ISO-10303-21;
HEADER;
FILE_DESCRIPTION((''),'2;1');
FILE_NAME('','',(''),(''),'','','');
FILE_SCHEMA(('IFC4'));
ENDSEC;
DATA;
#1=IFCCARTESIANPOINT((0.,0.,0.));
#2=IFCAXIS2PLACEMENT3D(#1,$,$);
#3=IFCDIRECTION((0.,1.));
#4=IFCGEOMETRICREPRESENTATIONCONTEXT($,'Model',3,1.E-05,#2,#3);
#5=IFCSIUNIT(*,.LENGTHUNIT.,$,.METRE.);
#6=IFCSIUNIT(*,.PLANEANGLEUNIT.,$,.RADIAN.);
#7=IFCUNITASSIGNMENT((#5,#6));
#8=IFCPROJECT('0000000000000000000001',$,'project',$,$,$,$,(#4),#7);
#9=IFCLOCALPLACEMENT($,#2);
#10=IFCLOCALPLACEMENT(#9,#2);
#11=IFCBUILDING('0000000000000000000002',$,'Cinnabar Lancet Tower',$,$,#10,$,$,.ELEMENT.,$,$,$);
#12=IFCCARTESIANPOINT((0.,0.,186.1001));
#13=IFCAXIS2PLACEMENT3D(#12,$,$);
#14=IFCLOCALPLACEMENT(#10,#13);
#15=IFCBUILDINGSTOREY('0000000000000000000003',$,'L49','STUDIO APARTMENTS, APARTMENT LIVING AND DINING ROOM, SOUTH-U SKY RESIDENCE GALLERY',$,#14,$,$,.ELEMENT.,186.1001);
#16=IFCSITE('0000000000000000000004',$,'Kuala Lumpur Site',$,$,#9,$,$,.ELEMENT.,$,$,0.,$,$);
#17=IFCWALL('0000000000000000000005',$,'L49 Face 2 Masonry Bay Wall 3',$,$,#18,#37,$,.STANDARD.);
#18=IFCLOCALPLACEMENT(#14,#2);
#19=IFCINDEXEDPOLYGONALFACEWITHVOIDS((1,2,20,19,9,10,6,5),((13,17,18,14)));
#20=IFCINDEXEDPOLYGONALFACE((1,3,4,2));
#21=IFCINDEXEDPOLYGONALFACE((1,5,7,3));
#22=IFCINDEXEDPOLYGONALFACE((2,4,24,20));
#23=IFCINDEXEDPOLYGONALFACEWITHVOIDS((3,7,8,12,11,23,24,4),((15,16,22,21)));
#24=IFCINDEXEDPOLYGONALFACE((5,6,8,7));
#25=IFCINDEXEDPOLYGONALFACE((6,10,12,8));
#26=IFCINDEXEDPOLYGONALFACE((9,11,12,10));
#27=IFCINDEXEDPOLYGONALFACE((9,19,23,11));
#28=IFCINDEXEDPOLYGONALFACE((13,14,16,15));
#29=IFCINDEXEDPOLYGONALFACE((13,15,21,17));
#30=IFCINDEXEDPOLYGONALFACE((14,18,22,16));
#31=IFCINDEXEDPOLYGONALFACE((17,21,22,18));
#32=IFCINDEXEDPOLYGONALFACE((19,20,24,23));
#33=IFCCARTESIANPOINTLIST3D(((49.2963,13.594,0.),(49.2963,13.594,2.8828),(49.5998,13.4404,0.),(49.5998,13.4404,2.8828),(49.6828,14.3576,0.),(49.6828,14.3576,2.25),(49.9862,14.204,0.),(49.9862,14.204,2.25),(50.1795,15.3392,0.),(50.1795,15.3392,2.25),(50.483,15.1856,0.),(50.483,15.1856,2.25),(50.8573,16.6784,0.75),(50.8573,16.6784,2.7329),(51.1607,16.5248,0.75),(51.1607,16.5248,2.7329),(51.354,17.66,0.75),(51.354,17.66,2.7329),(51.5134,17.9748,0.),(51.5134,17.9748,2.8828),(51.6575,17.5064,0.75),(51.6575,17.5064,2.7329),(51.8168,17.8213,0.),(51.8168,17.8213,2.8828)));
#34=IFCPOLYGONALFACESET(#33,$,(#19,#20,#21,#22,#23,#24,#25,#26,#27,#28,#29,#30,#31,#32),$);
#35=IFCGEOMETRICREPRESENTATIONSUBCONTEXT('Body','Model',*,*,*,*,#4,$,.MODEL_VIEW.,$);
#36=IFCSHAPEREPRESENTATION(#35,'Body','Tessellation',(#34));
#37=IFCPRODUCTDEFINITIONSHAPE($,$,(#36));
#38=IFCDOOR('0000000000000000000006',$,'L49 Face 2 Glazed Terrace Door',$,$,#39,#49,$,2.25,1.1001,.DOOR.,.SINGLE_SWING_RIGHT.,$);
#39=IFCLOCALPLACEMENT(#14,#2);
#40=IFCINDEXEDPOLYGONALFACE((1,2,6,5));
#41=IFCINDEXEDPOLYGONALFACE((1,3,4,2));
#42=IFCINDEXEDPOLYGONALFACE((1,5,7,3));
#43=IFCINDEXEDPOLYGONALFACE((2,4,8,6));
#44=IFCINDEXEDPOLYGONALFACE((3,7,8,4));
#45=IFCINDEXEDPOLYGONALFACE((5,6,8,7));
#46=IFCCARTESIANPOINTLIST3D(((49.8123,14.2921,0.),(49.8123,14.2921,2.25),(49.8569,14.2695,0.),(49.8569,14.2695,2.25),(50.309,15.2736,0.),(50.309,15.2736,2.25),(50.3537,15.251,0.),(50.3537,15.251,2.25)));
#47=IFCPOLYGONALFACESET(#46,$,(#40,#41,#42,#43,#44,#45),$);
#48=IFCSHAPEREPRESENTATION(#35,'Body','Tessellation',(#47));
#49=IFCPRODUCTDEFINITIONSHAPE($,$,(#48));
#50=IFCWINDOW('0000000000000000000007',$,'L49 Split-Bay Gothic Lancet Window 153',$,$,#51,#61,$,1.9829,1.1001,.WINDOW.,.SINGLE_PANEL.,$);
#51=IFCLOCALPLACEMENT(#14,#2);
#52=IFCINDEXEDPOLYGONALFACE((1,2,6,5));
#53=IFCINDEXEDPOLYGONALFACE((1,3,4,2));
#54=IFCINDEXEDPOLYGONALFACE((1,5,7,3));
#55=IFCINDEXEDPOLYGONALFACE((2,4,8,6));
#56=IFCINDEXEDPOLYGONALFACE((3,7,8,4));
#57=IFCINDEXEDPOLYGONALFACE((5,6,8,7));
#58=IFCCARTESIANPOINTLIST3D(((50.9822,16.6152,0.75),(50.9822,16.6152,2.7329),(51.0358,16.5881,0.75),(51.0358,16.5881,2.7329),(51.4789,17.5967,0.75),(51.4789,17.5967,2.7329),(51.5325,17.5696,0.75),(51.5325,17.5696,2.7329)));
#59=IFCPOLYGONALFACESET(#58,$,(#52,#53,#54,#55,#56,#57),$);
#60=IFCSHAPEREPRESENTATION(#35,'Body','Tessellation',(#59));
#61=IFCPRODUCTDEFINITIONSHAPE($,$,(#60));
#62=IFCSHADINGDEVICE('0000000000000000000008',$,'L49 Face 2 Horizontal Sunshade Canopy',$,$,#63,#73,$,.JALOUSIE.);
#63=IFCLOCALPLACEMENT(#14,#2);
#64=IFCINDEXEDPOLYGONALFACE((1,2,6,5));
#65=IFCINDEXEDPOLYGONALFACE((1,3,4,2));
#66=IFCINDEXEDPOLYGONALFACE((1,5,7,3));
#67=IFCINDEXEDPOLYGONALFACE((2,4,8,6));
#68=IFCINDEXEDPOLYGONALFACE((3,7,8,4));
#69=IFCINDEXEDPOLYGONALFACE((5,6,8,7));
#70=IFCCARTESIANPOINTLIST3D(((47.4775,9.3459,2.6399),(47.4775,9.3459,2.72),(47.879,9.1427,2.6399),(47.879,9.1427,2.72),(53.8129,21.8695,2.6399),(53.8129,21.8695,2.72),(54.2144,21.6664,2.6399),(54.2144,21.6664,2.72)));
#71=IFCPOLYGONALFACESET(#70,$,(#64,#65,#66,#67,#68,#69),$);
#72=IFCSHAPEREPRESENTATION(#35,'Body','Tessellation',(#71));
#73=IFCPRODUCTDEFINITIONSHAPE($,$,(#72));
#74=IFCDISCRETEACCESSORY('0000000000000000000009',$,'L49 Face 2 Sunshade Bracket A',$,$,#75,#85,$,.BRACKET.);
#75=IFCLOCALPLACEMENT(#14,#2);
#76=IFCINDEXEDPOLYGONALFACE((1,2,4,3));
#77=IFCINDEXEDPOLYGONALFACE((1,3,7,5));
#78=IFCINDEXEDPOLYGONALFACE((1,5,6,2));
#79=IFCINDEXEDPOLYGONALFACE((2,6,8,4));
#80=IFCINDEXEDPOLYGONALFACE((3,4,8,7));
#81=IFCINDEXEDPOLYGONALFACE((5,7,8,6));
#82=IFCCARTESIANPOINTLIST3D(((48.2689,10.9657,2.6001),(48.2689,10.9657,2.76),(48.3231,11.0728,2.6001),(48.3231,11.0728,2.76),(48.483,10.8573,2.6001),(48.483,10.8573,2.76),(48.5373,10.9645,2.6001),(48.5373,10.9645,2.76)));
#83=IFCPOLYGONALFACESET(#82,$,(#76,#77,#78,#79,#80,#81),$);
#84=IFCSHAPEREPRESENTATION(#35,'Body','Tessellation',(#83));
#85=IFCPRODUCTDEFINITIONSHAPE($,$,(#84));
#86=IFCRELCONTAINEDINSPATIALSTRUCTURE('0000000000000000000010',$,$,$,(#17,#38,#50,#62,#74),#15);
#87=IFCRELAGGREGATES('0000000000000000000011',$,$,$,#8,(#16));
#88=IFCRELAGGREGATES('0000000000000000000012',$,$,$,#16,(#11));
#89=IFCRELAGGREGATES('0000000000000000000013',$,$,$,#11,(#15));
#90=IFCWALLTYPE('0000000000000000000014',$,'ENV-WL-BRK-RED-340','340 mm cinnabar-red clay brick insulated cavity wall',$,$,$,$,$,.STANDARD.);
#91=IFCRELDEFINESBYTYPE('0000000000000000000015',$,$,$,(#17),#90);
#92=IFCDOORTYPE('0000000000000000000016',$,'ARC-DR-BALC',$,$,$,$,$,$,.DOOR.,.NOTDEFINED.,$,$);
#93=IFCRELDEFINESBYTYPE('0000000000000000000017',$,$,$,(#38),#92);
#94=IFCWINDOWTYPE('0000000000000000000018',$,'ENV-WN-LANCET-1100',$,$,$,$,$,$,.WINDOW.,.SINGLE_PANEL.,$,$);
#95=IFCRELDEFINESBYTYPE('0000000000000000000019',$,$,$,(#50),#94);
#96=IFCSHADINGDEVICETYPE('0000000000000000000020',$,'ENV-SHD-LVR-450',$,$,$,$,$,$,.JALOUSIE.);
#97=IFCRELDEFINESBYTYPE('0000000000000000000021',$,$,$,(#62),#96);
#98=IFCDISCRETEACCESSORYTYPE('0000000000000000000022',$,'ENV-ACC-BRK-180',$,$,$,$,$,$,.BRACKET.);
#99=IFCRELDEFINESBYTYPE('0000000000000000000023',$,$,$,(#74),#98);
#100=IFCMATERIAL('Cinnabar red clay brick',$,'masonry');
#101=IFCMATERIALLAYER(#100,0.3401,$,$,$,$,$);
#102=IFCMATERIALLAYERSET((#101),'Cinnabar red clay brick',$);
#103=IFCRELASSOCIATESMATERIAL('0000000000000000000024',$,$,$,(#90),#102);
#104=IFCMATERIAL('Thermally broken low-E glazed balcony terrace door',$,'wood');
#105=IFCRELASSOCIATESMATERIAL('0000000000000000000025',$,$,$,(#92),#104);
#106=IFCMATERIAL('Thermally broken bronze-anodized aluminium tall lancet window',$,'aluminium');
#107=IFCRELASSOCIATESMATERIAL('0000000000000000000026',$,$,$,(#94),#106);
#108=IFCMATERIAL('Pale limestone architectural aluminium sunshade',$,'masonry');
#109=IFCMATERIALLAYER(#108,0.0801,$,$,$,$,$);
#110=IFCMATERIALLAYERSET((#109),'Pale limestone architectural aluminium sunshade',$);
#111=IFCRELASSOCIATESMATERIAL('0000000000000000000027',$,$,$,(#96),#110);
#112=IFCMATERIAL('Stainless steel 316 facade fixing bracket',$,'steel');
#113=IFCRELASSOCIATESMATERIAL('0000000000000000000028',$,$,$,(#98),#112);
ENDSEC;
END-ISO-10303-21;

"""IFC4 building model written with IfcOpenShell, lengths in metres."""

from ifc_helpers import new_model, si_unit, direction, frame, frame_2d, origin, origin_2d, place, context, subcontext, project, spatial, rectangle, extrude, material, layer, layer_set, type_object, element, fill, save


model = new_model("IFC4")

# Units and contexts
model_context = context("Model", 3, precision=1e-05, world=origin(), true_north=direction((0.0, 1.0)))
body_context = subcontext(model_context, "Body", "Model", "MODEL_VIEW")
ifc_project = project(units=[si_unit("LENGTHUNIT", "METRE"), si_unit("PLANEANGLEUNIT", "RADIAN")], contexts=[model_context])

# Site, building, storey
site_placement = place(None, origin())
site = spatial("IfcSite", under=ifc_project, at=site_placement, Name="Kuala Lumpur Site", CompositionType="ELEMENT", RefElevation=0.0)
building_placement = place(site_placement, origin())
building = spatial("IfcBuilding", under=site, at=building_placement, Name="Cinnabar Lancet Tower", CompositionType="ELEMENT")
storey_placement = place(building_placement, frame((0.0, 0.0, 186.1001)))
storey = spatial("IfcBuildingStorey", under=building, at=storey_placement, Name="L49", Description="STUDIO APARTMENTS, APARTMENT LIVING AND DINING ROOM, SOUTH-U SKY RESIDENCE GALLERY", CompositionType="ELEMENT", Elevation=186.1001)

# Shared definitions
ifc_material_1 = material(Name="Cinnabar red clay brick", Category="masonry")
ifc_layer_1 = layer(ifc_material_1, 0.3401)
ifc_layer_set_1 = layer_set([ifc_layer_1], Name="Cinnabar red clay brick")
wall_type_1 = type_object("IfcWallType", Name="ENV-WL-BRK-RED-340", Description="340 mm cinnabar-red clay brick insulated cavity wall", PredefinedType="STANDARD", material=ifc_layer_set_1)

# Wall, openings, door, window
wall_1_placement = place(storey_placement, frame((49.448, 13.5171, 0.0), z_axis=(0.0, 0.0, 1.0), x_axis=(0.451544, 0.892249, 0.0)))
wall_1 = element("IfcWall", 1, at=wall_1_placement, inside=storey, type_object=wall_type_1, Name="L49 Face 2 Masonry Bay Wall 3", PredefinedType="STANDARD", context=body_context, shape_type="SweptSolid", body=[
    extrude(rectangle(XDim=4.9099, YDim=0.3401, at=frame_2d((2.4551, 0.0))), origin(), (0.0, 0.0, 1.0), 2.8828),
])
opening_1_placement = place(wall_1_placement, frame((0.856, 0.0, 0.0)))
opening_1 = element("IfcOpeningElement", 2, at=opening_1_placement, cuts=wall_1, PredefinedType="OPENING", context=body_context, shape_type="SweptSolid", body=[
    extrude(rectangle(XDim=1.1001, YDim=2.25, at=frame_2d((0.55, 1.125))), frame((0.0, 0.1799, 0.0), z_axis=(0.0, -1.0, 0.0), x_axis=(1.0, 0.0, 0.0)), (0.0, 0.0, 1.0), 0.3601),
])
opening_2_placement = place(wall_1_placement, frame((3.457, 0.0, 0.75)))
opening_2 = element("IfcOpeningElement", 3, at=opening_2_placement, cuts=wall_1, PredefinedType="OPENING", context=body_context, shape_type="SweptSolid", body=[
    extrude(rectangle(XDim=1.1001, YDim=1.9829, at=frame_2d((0.55, 0.9915))), frame((0.0, 0.1799, 0.0), z_axis=(0.0, -1.0, 0.0), x_axis=(1.0, 0.0, 0.0)), (0.0, 0.0, 1.0), 0.3601),
])
ifc_material_2 = material(Name="Thermally broken low-E glazed balcony terrace door", Category="wood")
door_type = type_object("IfcDoorType", Name="ARC-DR-BALC", OperationType="NOTDEFINED", PredefinedType="DOOR", material=ifc_material_2)
door_placement = place(opening_1_placement, origin())
door = element("IfcDoor", 4, at=door_placement, inside=storey, type_object=door_type, Name="L49 Face 2 Glazed Terrace Door", OperationType="SINGLE_SWING_RIGHT", OverallHeight=2.25, OverallWidth=1.1001, PredefinedType="DOOR", context=body_context, shape_type="SweptSolid", body=[
    extrude(rectangle(XDim=1.1001, YDim=2.25, at=frame_2d((0.55, 1.125))), frame((0.0, 0.0249, 0.0), z_axis=(0.0, -1.0, 0.0), x_axis=(1.0, 0.0, 0.0)), (0.0, 0.0, 1.0), 0.05),
])
fill(opening_1, door)
ifc_material_3 = material(Name="Thermally broken bronze-anodized aluminium tall lancet window", Category="aluminium")
window_type_1 = type_object("IfcWindowType", Name="ENV-WN-LANCET-1100", PartitioningType="SINGLE_PANEL", PredefinedType="WINDOW", material=ifc_material_3)
window_1_placement = place(opening_2_placement, origin())
window_1 = element("IfcWindow", 5, at=window_1_placement, inside=storey, type_object=window_type_1, Name="L49 Split-Bay Gothic Lancet Window 153", OverallHeight=1.9829, OverallWidth=1.1001, PartitioningType="SINGLE_PANEL", PredefinedType="WINDOW", context=body_context, shape_type="SweptSolid", body=[
    extrude(rectangle(XDim=1.1001, YDim=1.9829, at=frame_2d((0.55, 0.9915))), frame((0.0, 0.03, 0.0), z_axis=(0.0, -1.0, 0.0), x_axis=(1.0, 0.0, 0.0)), (0.0, 0.0, 1.0), 0.0601),
])
fill(opening_2, window_1)

# Shading device
ifc_material_4 = material(Name="Pale limestone architectural aluminium sunshade", Category="masonry")
ifc_layer_2 = layer(ifc_material_4, 0.0801)
ifc_layer_set_2 = layer_set([ifc_layer_2], Name="Pale limestone architectural aluminium sunshade")
shading_device_type = type_object("IfcShadingDeviceType", Name="ENV-SHD-LVR-450", PredefinedType="JALOUSIE", material=ifc_layer_set_2)
shading_device_placement = place(storey_placement, frame((50.8459, 15.5061, 2.6399), z_axis=(0.0, 0.0, 1.0), x_axis=(0.451407, 0.892318, 0.0)))
element("IfcShadingDevice", 6, at=shading_device_placement, inside=storey, type_object=shading_device_type, Name="L49 Face 2 Horizontal Sunshade Canopy", PredefinedType="JALOUSIE", context=body_context, shape_type="SweptSolid", body=[
    extrude(rectangle(XDim=14.0349, YDim=0.45, at=origin_2d()), origin(), (0.0, 0.0, 1.0), 0.0801),
])

# Discrete accessory
ifc_material_5 = material(Name="Stainless steel 316 facade fixing bracket", Category="steel")
discrete_accessory_type = type_object("IfcDiscreteAccessoryType", Name="ENV-ACC-BRK-180", PredefinedType="BRACKET", material=ifc_material_5)
discrete_accessory_placement = place(storey_placement, frame((48.4031, 10.9651, 2.6001), z_axis=(0.0, 0.0, 1.0), x_axis=(0.451407, 0.892318, 0.0)))
element("IfcDiscreteAccessory", 7, at=discrete_accessory_placement, inside=storey, type_object=discrete_accessory_type, Name="L49 Face 2 Sunshade Bracket A", PredefinedType="BRACKET", context=body_context, shape_type="SweptSolid", body=[
    extrude(rectangle(XDim=0.1201, YDim=0.24, at=origin_2d()), origin(), (0.0, 0.0, 1.0), 0.1599),
])

save(model, "model.ifc")
